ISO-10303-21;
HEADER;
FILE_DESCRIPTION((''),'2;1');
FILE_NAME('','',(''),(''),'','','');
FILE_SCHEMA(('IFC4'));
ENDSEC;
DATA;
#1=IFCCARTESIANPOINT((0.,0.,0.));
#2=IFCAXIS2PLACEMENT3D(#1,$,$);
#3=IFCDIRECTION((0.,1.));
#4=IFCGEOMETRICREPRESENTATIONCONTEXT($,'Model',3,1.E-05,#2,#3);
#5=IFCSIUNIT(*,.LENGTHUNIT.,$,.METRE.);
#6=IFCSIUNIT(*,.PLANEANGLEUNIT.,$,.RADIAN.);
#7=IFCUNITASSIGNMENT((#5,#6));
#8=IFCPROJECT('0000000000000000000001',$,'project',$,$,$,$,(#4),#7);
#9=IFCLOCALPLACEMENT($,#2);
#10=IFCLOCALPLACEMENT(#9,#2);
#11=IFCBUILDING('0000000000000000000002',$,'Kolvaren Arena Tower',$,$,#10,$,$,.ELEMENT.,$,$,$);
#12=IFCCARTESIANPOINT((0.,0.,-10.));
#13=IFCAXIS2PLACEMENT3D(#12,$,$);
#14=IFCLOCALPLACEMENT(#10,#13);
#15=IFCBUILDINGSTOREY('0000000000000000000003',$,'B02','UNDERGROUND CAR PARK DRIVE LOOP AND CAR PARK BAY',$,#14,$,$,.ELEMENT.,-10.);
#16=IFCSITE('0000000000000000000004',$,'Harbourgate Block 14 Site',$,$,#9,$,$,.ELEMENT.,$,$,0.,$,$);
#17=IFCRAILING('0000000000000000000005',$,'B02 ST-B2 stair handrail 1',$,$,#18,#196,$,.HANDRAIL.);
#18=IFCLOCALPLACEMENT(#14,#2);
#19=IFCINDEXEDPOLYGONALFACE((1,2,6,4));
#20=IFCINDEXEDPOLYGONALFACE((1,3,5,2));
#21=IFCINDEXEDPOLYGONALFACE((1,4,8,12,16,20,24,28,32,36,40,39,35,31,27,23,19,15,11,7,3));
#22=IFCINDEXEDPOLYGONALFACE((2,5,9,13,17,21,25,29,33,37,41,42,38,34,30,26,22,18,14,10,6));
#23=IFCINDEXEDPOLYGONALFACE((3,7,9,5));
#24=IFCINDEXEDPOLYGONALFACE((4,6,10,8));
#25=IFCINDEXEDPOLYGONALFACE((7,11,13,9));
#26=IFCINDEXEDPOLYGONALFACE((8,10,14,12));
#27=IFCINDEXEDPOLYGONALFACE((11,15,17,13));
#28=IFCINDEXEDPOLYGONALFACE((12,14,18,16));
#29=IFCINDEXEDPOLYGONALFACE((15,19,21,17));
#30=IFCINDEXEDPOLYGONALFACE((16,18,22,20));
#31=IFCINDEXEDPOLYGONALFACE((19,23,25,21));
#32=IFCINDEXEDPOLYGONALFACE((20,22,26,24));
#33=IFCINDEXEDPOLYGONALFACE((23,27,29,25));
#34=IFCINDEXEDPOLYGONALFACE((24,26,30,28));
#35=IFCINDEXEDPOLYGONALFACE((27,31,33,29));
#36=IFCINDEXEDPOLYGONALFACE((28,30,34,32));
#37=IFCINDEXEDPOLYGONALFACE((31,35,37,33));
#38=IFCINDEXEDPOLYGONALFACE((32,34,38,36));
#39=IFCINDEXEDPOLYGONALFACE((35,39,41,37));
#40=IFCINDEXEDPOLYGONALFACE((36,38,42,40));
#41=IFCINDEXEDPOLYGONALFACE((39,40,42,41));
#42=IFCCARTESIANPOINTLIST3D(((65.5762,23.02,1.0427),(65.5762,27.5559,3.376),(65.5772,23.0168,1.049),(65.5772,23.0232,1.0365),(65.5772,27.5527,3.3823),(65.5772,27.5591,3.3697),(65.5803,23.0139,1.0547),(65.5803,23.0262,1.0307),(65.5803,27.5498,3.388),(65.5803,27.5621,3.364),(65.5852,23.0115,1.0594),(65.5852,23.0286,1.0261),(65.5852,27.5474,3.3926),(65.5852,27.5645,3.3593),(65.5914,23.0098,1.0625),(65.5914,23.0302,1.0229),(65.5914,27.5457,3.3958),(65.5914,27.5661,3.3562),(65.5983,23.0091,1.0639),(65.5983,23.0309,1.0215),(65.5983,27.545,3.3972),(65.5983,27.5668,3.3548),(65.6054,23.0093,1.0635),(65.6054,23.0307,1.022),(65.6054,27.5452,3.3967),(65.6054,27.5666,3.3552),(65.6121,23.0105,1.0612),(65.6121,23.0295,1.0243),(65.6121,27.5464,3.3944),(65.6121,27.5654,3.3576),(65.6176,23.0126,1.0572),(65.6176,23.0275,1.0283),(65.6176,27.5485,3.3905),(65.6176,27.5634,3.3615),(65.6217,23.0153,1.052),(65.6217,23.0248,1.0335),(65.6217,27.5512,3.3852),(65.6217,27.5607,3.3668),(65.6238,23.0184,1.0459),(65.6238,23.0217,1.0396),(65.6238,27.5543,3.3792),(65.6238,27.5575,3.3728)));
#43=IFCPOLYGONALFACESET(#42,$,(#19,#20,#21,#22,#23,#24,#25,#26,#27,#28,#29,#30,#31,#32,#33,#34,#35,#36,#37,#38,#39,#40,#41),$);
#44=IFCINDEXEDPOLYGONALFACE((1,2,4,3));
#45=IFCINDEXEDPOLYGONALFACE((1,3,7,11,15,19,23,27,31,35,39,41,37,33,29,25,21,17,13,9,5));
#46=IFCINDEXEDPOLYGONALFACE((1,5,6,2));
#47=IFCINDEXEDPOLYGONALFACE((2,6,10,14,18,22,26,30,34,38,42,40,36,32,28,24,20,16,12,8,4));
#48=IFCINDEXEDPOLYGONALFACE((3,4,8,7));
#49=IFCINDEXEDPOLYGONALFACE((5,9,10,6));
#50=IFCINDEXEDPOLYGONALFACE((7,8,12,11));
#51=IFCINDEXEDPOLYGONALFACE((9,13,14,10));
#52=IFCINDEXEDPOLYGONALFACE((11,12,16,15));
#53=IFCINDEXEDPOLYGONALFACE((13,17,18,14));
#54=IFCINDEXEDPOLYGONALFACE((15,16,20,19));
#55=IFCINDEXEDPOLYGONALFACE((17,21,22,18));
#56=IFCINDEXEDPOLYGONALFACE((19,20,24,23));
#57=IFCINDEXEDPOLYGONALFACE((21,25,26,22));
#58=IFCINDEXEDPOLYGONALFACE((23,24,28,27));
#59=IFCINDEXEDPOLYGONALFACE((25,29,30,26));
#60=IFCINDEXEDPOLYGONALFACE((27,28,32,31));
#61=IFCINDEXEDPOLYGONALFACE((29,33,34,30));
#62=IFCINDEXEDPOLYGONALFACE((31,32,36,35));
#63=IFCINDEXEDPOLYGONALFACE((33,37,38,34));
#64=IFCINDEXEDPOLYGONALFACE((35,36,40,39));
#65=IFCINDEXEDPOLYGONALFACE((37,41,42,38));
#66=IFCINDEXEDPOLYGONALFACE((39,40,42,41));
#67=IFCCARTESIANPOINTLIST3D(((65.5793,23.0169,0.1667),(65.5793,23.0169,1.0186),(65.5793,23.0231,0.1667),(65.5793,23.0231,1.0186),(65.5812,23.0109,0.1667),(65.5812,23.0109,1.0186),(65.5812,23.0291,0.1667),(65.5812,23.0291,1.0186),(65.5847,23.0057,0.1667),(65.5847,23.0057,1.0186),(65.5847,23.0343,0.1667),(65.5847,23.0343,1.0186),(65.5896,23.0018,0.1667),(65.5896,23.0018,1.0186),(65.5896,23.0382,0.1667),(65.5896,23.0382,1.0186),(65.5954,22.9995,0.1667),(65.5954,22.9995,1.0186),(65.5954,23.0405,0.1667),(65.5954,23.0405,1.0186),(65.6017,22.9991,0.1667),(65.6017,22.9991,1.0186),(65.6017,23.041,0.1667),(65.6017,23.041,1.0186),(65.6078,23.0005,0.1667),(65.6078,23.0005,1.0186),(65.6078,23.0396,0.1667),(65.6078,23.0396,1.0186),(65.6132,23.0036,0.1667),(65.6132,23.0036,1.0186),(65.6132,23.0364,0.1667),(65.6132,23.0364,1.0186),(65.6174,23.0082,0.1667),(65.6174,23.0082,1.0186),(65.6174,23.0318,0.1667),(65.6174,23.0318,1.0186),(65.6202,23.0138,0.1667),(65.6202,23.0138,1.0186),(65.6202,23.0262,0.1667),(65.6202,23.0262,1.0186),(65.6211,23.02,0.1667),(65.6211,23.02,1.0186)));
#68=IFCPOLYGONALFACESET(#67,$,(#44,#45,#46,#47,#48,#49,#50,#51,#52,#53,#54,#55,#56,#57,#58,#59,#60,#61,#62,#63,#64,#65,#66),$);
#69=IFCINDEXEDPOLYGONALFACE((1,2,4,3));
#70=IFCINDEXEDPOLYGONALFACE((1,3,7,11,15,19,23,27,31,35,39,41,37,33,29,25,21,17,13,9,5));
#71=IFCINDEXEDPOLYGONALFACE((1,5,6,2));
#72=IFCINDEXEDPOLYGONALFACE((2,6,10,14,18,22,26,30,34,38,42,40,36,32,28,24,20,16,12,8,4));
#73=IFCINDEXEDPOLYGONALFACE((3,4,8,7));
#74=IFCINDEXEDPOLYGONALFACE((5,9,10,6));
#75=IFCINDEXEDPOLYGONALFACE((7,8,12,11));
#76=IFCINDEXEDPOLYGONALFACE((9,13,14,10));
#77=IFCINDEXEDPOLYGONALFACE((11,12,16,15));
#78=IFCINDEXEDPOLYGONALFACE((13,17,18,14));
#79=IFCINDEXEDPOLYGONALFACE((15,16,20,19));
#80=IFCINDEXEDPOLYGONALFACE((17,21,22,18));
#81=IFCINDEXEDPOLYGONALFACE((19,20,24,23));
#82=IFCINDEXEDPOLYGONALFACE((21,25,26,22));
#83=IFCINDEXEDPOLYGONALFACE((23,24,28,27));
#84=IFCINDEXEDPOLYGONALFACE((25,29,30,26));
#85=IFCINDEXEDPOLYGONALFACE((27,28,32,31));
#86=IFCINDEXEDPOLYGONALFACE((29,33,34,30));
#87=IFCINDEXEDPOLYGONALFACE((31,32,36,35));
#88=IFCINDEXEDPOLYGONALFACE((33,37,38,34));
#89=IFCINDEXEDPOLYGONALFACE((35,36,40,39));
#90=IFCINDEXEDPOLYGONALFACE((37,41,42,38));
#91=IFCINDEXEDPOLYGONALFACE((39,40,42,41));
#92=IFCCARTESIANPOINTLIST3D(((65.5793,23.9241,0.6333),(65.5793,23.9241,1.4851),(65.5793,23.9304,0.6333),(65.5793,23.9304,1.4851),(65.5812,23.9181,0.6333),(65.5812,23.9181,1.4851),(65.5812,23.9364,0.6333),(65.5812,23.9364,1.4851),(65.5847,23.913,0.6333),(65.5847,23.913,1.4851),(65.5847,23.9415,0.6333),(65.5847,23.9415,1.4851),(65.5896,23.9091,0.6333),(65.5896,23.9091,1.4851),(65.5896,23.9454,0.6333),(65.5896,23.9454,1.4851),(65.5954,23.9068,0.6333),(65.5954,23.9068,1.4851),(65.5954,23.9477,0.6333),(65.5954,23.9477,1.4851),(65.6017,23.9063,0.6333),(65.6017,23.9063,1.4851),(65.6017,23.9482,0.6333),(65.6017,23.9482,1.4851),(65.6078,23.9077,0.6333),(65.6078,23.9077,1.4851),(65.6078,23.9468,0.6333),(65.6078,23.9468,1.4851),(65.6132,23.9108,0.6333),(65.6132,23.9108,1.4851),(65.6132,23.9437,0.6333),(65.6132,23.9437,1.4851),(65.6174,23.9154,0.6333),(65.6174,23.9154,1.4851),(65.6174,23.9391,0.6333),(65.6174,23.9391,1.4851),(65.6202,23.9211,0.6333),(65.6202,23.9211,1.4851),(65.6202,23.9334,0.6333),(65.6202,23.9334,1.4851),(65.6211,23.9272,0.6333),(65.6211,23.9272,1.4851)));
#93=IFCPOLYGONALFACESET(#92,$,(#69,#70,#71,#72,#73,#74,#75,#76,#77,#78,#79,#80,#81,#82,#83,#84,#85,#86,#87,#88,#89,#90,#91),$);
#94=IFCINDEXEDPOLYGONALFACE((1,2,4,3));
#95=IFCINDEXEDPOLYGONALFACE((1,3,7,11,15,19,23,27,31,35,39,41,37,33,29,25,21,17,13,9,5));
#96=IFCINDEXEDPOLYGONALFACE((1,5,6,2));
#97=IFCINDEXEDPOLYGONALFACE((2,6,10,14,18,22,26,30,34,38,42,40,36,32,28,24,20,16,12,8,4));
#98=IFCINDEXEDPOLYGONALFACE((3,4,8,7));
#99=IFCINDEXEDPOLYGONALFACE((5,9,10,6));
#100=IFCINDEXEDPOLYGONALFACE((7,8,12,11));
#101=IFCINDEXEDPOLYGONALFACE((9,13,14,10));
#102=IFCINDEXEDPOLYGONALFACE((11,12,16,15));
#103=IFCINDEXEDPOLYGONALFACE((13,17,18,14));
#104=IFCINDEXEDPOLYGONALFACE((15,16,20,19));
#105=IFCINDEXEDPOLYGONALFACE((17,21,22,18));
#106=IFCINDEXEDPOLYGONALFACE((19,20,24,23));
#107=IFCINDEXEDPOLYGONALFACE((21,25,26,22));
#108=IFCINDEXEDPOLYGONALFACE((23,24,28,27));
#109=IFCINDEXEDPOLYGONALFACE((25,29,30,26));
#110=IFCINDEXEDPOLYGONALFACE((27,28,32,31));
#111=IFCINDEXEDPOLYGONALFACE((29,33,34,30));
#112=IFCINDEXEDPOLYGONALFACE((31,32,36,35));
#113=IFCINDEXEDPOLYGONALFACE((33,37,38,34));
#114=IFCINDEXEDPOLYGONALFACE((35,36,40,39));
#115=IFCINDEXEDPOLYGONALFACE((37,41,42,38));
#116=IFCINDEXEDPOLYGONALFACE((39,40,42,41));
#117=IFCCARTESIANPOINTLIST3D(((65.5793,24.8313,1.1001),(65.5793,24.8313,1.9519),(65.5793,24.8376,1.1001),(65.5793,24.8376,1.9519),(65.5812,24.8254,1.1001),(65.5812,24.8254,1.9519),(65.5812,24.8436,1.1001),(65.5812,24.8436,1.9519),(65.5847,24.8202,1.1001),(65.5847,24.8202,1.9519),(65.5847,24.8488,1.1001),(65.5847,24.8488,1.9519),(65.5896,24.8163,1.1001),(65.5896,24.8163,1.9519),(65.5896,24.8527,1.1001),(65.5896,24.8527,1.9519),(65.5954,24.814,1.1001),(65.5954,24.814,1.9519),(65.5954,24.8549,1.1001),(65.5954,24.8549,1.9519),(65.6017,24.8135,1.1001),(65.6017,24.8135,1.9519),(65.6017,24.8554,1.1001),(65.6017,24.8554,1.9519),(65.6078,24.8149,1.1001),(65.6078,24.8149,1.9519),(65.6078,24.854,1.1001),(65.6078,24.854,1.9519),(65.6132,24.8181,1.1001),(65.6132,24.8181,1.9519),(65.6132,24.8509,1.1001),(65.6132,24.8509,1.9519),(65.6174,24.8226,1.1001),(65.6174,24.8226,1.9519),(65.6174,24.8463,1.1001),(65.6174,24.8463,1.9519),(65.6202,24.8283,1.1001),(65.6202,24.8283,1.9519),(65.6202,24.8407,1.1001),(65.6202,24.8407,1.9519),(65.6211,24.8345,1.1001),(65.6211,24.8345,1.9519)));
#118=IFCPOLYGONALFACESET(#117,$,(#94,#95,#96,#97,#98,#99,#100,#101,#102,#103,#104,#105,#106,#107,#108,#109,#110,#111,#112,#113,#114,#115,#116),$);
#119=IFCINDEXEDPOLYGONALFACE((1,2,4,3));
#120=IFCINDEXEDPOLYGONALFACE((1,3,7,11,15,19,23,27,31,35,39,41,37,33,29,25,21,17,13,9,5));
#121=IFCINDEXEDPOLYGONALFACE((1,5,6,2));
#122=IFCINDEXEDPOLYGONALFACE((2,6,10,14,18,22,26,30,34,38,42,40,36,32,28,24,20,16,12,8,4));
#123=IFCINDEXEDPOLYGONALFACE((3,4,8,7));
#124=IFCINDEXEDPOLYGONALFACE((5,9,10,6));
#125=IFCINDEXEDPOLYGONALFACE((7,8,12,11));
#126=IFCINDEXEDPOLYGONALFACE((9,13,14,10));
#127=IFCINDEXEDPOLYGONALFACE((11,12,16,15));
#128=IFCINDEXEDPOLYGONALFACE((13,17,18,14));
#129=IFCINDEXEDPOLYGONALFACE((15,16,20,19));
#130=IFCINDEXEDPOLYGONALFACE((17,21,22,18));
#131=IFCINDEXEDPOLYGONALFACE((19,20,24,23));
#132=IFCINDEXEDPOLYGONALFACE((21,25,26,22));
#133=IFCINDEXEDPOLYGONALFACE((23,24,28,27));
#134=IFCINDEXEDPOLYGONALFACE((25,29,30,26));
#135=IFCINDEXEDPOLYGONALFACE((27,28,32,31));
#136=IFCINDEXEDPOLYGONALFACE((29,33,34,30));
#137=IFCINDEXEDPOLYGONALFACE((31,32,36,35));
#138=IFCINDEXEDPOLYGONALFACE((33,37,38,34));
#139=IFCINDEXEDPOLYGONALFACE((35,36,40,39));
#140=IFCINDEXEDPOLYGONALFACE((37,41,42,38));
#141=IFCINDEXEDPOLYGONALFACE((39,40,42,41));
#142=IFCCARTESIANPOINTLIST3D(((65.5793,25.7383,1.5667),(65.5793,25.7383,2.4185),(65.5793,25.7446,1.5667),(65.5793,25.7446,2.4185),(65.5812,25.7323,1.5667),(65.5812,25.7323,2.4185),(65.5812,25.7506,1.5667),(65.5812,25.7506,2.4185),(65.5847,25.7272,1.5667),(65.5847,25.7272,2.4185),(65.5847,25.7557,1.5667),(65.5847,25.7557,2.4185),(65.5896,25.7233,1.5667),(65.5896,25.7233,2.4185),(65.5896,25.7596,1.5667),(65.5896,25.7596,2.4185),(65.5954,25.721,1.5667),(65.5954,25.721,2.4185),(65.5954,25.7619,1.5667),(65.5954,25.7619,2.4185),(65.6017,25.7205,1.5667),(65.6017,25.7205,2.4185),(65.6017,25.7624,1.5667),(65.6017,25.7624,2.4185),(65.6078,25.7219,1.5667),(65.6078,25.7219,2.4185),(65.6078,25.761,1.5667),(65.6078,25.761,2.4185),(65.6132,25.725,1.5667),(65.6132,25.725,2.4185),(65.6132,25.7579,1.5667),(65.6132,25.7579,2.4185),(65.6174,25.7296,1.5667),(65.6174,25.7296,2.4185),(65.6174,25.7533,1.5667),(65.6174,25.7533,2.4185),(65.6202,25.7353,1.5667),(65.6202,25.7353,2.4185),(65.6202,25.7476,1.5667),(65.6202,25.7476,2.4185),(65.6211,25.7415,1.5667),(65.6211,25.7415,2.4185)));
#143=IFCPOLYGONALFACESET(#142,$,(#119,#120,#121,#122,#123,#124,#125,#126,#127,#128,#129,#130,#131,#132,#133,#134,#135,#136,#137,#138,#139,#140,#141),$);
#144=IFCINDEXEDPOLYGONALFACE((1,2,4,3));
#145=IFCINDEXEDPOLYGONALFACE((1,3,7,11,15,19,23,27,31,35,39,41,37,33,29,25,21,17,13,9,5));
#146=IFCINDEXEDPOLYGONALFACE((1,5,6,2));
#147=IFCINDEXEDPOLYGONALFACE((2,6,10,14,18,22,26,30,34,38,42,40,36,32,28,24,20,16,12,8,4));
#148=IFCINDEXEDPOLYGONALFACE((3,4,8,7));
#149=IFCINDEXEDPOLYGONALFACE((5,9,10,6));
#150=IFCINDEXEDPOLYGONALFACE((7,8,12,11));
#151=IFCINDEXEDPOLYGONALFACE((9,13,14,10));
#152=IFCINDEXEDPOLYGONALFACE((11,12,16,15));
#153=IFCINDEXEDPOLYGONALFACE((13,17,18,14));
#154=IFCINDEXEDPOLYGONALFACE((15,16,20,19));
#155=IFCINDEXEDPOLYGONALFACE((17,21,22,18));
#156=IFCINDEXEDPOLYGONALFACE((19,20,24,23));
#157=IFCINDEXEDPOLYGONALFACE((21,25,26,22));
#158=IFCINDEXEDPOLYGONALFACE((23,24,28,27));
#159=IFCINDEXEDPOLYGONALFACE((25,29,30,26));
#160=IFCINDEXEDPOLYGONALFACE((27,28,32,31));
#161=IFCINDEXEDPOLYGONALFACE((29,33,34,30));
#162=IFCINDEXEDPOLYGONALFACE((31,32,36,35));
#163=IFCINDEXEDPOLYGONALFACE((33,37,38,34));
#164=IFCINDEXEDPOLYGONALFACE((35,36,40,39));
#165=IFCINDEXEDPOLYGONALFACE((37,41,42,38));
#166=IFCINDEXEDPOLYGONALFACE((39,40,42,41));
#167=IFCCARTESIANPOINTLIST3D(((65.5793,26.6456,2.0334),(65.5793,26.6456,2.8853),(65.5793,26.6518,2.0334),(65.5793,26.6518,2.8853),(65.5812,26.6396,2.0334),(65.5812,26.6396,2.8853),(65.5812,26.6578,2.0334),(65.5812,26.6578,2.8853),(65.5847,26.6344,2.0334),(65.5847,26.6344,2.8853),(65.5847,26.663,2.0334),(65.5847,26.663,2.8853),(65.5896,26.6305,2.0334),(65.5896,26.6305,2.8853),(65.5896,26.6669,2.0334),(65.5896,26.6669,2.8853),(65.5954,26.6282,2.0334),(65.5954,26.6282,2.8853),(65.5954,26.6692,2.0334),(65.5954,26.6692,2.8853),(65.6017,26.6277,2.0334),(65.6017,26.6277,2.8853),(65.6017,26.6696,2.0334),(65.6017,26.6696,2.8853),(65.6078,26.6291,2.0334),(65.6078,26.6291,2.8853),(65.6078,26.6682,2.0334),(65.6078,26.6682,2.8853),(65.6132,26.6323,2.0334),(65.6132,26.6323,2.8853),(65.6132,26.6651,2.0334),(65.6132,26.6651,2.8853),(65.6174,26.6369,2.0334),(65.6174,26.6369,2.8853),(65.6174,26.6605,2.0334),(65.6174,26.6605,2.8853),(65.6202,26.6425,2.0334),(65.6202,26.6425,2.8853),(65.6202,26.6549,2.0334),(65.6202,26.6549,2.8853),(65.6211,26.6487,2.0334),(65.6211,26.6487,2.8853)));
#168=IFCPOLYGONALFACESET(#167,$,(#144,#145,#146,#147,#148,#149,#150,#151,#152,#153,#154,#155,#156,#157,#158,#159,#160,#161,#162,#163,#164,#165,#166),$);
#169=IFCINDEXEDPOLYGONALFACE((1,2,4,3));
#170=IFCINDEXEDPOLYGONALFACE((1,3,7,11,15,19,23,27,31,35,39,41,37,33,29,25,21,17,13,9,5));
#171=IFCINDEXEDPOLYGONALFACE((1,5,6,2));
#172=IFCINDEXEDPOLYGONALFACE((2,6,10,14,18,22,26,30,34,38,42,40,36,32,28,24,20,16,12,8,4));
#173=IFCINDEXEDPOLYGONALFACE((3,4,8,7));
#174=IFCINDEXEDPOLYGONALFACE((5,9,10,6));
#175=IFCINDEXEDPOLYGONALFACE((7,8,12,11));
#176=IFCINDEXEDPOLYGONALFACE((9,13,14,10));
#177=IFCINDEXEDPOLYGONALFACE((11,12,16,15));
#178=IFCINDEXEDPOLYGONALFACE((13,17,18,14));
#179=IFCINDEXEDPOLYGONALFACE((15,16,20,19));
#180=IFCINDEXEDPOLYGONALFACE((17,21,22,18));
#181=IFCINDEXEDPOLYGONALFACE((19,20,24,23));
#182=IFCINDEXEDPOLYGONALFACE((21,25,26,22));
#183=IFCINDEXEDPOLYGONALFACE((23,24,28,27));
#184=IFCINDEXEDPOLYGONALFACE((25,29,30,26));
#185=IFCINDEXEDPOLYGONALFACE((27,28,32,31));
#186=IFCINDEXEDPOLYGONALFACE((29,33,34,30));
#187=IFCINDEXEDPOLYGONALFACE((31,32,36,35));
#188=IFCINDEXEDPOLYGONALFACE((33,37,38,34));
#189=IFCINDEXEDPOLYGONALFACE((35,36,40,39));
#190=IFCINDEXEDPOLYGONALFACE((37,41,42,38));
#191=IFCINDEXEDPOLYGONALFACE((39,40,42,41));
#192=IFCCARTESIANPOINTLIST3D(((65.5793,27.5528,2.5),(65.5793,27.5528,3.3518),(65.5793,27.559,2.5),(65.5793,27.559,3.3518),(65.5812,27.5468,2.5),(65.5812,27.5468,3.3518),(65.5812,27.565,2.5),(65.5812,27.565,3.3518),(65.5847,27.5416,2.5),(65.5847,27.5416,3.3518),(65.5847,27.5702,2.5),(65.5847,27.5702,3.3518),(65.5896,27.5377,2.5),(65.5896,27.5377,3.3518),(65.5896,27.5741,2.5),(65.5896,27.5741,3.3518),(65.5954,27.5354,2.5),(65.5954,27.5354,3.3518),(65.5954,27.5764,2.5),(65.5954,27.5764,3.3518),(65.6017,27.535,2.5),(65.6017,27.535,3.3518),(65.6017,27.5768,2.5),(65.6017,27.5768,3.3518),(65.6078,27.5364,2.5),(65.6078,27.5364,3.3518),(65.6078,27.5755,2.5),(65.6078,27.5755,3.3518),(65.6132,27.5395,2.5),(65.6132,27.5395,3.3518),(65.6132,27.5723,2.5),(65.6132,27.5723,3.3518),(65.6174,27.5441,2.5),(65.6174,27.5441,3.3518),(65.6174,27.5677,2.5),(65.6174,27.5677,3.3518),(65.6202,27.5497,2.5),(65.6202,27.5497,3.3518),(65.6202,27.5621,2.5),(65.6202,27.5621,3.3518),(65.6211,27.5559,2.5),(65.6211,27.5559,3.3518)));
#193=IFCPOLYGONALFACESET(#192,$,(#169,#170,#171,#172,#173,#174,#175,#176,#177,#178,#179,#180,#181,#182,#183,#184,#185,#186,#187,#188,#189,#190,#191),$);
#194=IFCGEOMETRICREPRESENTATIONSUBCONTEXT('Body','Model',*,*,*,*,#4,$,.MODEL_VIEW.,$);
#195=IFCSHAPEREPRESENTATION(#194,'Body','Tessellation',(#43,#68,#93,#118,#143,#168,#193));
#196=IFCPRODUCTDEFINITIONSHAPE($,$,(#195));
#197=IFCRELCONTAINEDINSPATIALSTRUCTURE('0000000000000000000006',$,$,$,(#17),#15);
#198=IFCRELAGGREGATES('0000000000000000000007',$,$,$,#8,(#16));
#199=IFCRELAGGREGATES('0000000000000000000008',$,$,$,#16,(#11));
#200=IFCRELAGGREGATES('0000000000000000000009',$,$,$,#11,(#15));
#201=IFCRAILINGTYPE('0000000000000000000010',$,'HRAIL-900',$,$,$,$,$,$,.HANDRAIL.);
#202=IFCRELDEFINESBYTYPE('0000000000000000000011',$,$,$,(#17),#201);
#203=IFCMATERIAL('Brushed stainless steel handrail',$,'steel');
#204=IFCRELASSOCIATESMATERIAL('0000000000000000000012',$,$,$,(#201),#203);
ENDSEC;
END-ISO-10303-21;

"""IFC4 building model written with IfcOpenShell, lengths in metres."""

from ifc_helpers import new_model, si_unit, direction, frame, origin, origin_2d, place, context, subcontext, project, spatial, circle, extrude, material, type_object, element, save


model = new_model("IFC4")

# Units and contexts
model_context = context("Model", 3, precision=1e-05, world=origin(), true_north=direction((0.0, 1.0)))
body_context = subcontext(model_context, "Body", "Model", "MODEL_VIEW")
ifc_project = project(units=[si_unit("LENGTHUNIT", "METRE"), si_unit("PLANEANGLEUNIT", "RADIAN")], contexts=[model_context])

# Site, building, storey
site_placement = place(None, origin())
site = spatial("IfcSite", under=ifc_project, at=site_placement, Name="Harbourgate Block 14 Site", CompositionType="ELEMENT", RefElevation=0.0)
building_placement = place(site_placement, origin())
building = spatial("IfcBuilding", under=site, at=building_placement, Name="Kolvaren Arena Tower", CompositionType="ELEMENT")
storey_placement = place(building_placement, frame((0.0, 0.0, -10.0)))
storey = spatial("IfcBuildingStorey", under=building, at=storey_placement, Name="B02", Description="UNDERGROUND CAR PARK DRIVE LOOP AND CAR PARK BAY", CompositionType="ELEMENT", Elevation=-10.0)

# Railing
ifc_material_1 = material(Name="Brushed stainless steel handrail", Category="steel")
railing_type_1 = type_object("IfcRailingType", Name="HRAIL-900", PredefinedType="HANDRAIL", material=ifc_material_1)
railing_1_placement = place(storey_placement, frame((65.6001, 23.02, 0.1667)))
element("IfcRailing", 1, at=railing_1_placement, inside=storey, type_object=railing_type_1, Name="B02 ST-B2 stair handrail 1", PredefinedType="HANDRAIL", context=body_context, shape_type="SweptSolid", body=[
    extrude(circle(Radius=0.0239, at=origin_2d()), frame((0.0, 0.0, 0.876), z_axis=(0.0, 0.889247, 0.457427), x_axis=(-1.0, 0.0, 0.0)), (0.0, 0.0, 1.0), 5.1008),
    extrude(circle(Radius=0.021, at=origin_2d()), origin(), (0.0, 0.0, 1.0), 0.8518),
    extrude(circle(Radius=0.021, at=origin_2d()), frame((0.0, 0.9072, 0.4666)), (0.0, 0.0, 1.0), 0.8518),
    extrude(circle(Radius=0.021, at=origin_2d()), frame((0.0, 1.8145, 0.9333)), (0.0, 0.0, 1.0), 0.8518),
    extrude(circle(Radius=0.021, at=origin_2d()), frame((0.0, 2.7214, 1.3999)), (0.0, 0.0, 1.0), 0.8518),
    extrude(circle(Radius=0.021, at=origin_2d()), frame((0.0, 3.6287, 1.8667)), (0.0, 0.0, 1.0), 0.8518),
    extrude(circle(Radius=0.021, at=origin_2d()), frame((0.0, 4.5359, 2.3333)), (0.0, 0.0, 1.0), 0.8518),
])

save(model, "model.ifc")
